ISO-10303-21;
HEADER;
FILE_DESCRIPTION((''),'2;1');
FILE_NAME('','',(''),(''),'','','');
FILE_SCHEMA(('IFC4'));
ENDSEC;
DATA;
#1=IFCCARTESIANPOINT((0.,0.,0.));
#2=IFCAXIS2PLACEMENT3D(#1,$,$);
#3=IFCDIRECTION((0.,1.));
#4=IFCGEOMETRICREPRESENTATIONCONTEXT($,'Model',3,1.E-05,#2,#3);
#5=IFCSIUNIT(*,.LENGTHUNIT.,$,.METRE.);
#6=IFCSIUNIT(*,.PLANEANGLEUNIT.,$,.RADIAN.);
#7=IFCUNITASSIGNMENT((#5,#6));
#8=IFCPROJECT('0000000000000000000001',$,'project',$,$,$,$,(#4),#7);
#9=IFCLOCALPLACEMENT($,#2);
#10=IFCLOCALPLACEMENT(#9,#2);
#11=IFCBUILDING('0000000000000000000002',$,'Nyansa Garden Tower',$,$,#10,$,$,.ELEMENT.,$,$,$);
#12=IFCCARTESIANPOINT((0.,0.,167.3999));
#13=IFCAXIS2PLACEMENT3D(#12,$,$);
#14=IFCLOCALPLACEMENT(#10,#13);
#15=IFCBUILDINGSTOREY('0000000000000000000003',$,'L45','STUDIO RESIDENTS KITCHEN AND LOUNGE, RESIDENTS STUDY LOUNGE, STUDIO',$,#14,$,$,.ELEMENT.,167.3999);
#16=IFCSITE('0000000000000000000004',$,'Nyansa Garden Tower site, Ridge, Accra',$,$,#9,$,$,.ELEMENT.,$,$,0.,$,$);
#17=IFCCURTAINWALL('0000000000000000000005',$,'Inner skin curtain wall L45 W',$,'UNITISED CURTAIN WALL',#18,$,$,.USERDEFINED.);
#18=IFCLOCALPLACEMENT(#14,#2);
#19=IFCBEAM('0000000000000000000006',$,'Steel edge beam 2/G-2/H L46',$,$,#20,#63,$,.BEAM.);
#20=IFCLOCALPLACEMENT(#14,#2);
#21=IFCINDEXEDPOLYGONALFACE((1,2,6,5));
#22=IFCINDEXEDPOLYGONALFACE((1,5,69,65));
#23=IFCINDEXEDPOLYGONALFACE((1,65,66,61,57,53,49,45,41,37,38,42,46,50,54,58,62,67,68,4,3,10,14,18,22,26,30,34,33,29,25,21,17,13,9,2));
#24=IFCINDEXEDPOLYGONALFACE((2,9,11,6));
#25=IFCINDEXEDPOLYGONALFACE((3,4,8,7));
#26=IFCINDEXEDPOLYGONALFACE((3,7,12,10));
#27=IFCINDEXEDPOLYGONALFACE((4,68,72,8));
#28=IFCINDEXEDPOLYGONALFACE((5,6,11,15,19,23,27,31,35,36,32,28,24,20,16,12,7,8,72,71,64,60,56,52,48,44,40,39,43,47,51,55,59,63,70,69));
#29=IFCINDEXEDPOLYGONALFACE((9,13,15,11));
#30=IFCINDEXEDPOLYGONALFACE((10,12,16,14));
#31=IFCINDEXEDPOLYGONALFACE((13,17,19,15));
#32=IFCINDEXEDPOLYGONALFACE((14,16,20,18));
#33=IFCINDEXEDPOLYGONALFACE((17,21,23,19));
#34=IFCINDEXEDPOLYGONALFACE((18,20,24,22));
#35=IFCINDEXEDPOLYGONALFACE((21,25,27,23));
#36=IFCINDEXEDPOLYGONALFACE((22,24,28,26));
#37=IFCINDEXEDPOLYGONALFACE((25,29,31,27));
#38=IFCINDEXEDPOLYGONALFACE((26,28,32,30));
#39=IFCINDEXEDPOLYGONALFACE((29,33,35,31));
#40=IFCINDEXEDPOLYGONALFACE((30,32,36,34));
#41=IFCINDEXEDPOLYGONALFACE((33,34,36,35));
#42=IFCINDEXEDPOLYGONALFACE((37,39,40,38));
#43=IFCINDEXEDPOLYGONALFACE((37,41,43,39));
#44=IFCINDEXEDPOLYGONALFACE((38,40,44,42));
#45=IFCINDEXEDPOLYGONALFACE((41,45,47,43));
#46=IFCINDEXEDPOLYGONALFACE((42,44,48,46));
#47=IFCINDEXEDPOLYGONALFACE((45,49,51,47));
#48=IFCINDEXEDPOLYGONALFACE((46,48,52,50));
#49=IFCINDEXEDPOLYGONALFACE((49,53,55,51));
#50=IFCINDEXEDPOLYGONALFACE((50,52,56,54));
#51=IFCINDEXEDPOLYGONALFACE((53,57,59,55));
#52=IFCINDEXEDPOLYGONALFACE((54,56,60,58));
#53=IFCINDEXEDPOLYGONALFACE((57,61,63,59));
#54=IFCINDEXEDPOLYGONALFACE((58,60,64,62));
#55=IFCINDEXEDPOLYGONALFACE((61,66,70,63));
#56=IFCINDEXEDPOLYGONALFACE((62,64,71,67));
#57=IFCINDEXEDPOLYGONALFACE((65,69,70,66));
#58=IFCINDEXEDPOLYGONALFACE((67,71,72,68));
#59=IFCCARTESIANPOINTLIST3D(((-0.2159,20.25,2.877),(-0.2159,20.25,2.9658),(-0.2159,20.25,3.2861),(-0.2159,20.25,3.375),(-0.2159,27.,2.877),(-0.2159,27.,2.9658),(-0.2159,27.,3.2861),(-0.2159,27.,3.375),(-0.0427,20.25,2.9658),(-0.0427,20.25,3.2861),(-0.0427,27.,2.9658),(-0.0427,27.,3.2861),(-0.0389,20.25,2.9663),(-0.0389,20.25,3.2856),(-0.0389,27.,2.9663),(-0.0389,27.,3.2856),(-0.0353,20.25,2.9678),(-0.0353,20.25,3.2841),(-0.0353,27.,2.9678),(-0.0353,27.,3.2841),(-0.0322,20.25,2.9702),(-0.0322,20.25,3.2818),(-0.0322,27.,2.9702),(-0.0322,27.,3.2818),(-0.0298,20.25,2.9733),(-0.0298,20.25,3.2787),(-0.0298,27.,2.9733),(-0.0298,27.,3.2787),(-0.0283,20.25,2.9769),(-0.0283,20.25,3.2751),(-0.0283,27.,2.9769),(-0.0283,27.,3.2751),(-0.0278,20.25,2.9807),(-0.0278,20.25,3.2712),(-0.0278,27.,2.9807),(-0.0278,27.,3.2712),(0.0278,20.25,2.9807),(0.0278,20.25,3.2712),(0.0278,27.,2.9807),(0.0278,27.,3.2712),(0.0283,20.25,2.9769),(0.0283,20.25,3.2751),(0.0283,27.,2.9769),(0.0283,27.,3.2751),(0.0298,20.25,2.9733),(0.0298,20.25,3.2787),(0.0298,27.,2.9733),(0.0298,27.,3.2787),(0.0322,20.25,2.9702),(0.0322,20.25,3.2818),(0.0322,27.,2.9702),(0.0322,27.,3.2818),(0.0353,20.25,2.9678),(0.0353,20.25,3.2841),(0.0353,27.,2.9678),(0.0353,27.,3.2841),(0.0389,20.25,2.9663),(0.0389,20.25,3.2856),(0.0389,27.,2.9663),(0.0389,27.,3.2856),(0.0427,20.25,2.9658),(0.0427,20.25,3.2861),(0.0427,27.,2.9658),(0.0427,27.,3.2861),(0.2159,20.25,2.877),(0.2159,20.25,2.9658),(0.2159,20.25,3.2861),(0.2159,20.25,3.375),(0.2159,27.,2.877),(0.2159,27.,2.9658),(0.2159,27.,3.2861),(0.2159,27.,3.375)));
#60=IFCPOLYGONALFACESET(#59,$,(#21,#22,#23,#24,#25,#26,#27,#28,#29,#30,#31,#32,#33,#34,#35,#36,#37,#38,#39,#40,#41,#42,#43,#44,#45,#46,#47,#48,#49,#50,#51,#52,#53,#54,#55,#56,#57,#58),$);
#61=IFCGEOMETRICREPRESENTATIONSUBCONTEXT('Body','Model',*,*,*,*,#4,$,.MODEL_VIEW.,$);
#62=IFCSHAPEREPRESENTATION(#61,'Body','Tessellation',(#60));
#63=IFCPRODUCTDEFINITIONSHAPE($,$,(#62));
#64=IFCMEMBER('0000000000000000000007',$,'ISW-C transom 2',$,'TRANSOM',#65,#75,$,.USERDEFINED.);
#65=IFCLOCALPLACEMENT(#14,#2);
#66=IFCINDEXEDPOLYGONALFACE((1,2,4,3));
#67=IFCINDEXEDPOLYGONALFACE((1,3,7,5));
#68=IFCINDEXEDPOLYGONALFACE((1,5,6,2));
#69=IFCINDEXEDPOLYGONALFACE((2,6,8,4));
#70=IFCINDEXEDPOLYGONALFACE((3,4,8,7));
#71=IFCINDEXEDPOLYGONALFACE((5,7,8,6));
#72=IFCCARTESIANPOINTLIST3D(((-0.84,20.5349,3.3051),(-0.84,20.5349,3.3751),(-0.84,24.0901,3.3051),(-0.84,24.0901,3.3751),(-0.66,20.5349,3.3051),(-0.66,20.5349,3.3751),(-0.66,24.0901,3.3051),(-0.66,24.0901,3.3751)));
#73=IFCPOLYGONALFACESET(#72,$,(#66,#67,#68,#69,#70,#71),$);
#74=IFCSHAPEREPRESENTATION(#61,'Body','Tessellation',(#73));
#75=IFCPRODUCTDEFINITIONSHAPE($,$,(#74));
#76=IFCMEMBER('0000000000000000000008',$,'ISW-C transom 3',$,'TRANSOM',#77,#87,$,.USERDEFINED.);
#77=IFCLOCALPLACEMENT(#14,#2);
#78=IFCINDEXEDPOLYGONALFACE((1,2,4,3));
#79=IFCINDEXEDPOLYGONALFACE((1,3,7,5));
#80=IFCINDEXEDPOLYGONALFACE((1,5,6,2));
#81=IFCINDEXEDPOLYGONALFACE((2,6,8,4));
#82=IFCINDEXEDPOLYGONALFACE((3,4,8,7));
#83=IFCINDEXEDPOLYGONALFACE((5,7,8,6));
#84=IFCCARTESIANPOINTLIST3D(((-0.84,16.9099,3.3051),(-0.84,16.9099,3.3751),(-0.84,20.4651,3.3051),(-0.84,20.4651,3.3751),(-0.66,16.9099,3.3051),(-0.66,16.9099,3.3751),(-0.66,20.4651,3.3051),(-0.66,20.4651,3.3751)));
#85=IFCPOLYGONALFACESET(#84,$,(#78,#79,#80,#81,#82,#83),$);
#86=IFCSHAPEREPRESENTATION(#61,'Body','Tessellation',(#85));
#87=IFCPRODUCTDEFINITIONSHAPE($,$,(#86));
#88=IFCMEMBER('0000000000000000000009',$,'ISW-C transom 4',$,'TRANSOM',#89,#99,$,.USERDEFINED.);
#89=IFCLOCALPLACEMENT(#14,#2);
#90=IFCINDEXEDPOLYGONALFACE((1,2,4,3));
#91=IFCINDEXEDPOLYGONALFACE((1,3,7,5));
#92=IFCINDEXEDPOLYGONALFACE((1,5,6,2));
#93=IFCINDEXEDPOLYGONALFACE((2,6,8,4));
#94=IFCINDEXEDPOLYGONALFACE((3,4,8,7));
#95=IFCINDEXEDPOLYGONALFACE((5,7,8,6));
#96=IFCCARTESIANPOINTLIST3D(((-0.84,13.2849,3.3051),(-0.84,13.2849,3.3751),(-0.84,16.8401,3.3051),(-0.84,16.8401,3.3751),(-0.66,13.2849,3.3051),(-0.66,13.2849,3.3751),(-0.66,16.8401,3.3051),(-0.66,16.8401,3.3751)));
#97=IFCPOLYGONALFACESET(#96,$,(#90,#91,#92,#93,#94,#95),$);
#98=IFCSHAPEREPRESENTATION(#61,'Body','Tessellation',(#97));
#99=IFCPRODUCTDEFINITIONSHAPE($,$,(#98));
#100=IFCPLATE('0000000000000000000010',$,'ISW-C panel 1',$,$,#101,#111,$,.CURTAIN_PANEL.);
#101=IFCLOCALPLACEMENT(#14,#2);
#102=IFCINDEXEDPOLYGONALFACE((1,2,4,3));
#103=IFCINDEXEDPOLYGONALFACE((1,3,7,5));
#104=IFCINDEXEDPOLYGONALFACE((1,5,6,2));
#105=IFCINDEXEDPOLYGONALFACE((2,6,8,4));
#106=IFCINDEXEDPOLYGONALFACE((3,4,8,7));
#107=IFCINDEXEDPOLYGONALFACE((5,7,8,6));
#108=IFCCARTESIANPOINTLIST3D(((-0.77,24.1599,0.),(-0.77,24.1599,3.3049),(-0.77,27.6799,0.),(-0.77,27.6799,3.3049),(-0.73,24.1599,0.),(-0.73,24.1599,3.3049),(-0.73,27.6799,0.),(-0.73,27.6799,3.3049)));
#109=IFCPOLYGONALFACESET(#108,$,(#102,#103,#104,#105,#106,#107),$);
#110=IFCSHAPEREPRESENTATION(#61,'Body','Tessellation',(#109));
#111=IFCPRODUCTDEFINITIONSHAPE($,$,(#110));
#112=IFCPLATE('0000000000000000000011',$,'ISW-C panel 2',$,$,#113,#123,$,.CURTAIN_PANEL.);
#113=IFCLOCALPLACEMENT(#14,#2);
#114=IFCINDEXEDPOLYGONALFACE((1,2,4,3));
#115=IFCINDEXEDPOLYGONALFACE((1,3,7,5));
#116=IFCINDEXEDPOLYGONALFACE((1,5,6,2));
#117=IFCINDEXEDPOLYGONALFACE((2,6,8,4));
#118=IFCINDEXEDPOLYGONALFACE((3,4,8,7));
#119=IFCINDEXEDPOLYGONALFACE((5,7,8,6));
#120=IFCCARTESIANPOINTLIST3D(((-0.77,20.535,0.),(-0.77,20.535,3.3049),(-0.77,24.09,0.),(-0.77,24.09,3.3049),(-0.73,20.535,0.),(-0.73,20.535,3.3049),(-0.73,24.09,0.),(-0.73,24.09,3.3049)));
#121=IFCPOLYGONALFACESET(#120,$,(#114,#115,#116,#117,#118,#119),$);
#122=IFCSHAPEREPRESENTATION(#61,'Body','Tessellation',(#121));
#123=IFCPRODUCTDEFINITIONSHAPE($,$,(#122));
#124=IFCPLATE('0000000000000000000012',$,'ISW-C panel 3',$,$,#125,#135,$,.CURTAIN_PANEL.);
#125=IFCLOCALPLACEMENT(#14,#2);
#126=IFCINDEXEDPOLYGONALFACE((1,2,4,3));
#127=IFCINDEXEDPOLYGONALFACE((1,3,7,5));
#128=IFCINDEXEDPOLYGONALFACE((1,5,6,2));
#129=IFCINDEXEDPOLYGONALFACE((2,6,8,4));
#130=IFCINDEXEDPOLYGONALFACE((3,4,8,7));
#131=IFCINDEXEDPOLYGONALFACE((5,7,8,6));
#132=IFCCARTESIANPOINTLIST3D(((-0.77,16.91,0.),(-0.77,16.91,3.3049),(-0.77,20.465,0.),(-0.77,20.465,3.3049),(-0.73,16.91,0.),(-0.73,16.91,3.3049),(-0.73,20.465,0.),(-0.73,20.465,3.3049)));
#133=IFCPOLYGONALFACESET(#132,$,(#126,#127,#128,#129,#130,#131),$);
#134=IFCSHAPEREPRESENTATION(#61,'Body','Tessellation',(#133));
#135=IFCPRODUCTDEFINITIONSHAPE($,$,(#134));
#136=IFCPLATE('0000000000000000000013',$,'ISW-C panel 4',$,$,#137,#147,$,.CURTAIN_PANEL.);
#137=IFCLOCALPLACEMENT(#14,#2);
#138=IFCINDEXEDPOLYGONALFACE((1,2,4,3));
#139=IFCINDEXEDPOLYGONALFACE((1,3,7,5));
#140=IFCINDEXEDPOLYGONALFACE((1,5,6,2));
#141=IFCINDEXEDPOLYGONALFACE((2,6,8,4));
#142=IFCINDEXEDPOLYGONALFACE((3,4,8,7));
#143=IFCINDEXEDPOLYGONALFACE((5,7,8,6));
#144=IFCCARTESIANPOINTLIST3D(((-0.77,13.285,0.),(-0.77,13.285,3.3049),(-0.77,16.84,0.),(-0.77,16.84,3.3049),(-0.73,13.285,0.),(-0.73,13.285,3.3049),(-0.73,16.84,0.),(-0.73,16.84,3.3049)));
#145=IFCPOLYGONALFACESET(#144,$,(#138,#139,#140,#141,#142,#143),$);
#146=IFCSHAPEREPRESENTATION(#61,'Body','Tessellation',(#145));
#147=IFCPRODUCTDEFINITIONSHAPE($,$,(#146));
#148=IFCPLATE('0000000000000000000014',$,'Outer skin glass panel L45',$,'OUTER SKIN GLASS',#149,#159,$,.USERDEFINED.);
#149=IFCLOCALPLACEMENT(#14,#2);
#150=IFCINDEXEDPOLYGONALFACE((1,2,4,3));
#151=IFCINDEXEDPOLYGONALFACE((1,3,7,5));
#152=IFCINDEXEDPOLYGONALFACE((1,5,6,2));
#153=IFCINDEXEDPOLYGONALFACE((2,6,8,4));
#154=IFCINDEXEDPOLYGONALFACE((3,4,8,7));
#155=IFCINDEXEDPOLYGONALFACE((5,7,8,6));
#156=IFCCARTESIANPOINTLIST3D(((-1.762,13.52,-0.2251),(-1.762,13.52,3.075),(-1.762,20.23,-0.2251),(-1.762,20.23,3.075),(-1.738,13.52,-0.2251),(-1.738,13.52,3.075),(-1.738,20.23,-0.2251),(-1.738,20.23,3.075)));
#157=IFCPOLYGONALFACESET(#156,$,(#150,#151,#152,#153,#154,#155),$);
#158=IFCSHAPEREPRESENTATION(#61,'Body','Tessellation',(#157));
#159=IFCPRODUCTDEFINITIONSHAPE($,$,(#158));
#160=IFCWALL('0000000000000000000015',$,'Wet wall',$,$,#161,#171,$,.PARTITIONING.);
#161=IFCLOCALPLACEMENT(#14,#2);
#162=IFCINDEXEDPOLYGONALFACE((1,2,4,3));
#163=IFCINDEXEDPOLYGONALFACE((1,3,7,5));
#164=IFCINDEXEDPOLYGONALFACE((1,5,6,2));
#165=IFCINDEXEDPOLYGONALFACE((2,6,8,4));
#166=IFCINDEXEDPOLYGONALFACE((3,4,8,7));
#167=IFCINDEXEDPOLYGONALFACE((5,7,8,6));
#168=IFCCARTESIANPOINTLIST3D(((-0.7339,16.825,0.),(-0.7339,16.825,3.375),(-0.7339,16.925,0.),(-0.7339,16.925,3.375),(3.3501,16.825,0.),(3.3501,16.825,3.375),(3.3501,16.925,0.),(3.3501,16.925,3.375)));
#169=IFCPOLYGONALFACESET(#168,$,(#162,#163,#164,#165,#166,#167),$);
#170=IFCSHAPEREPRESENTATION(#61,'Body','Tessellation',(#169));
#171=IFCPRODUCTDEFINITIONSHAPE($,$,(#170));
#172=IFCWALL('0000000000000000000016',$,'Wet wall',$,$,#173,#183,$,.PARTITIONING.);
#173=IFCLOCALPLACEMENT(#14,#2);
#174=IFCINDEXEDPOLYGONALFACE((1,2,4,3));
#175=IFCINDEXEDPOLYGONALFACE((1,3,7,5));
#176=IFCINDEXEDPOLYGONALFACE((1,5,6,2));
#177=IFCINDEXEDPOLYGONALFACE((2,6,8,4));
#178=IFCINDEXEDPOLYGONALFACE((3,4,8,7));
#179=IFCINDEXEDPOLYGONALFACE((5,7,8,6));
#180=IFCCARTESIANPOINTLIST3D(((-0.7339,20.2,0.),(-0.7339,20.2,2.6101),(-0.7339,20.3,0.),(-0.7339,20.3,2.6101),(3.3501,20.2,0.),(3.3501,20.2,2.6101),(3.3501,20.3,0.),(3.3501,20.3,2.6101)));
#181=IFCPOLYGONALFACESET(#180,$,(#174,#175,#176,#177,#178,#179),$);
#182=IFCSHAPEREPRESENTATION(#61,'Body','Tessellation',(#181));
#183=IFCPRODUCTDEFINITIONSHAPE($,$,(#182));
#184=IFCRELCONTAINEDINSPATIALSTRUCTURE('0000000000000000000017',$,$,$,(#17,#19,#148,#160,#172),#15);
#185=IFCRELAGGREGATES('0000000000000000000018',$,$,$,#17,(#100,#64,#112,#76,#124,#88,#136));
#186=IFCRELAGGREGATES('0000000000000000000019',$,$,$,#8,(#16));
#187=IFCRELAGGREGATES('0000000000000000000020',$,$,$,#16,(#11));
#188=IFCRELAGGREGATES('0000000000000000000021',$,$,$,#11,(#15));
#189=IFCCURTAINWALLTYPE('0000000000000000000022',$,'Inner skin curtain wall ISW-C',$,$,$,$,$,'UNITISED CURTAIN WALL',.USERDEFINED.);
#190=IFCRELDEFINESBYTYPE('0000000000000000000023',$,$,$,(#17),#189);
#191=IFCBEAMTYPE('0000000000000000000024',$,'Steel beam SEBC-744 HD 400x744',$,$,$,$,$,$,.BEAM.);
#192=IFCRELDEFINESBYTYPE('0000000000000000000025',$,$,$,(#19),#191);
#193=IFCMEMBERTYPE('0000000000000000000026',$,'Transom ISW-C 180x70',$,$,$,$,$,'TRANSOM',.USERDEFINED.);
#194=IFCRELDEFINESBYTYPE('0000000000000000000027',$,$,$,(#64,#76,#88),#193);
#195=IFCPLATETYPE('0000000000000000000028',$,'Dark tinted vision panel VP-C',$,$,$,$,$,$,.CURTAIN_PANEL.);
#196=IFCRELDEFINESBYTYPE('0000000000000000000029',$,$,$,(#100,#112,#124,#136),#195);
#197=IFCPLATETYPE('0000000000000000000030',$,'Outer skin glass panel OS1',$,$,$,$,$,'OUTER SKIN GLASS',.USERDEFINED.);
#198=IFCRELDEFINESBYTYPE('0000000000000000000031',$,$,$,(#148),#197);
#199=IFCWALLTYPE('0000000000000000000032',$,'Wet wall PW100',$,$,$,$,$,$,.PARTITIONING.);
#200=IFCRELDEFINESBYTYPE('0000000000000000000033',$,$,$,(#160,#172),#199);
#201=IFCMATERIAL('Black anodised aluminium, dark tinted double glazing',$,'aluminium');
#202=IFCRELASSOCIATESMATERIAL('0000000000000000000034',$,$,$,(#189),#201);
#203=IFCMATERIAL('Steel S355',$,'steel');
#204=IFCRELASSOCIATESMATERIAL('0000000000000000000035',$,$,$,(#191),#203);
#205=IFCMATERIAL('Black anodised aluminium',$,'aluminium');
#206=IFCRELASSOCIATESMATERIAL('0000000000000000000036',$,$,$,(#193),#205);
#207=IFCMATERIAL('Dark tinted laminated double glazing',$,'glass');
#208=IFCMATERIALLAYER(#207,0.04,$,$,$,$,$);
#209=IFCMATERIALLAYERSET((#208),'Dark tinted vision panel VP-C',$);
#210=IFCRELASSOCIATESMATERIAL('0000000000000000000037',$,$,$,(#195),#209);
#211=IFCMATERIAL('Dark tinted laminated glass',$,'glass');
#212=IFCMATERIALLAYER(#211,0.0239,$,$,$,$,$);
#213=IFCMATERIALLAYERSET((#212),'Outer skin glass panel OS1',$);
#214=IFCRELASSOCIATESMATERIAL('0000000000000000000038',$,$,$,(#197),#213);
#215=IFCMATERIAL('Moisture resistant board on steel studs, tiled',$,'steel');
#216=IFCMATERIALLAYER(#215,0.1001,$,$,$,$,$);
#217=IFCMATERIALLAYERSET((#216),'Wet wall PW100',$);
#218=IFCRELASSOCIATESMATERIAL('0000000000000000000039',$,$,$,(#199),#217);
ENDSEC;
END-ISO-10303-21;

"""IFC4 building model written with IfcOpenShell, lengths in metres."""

from ifc_helpers import new_model, si_unit, direction, frame, frame_2d, origin, origin_2d, place, context, subcontext, project, spatial, rectangle, i_section, extrude, material, layer, layer_set, material_profile, profile_set, type_object, element, aggregate, save


model = new_model("IFC4")

# Units and contexts
model_context = context("Model", 3, precision=1e-05, world=origin(), true_north=direction((0.0, 1.0)))
body_context = subcontext(model_context, "Body", "Model", "MODEL_VIEW")
ifc_project = project(units=[si_unit("LENGTHUNIT", "METRE"), si_unit("PLANEANGLEUNIT", "RADIAN")], contexts=[model_context])

# Site, building, storey
site_placement = place(None, origin())
site = spatial("IfcSite", under=ifc_project, at=site_placement, Name="Nyansa Garden Tower site, Ridge, Accra", CompositionType="ELEMENT", RefElevation=0.0)
building_placement = place(site_placement, origin())
building = spatial("IfcBuilding", under=site, at=building_placement, Name="Nyansa Garden Tower", CompositionType="ELEMENT")
storey_placement = place(building_placement, frame((0.0, 0.0, 167.3999)))
storey = spatial("IfcBuildingStorey", under=building, at=storey_placement, Name="L45", Description="STUDIO RESIDENTS KITCHEN AND LOUNGE, RESIDENTS STUDY LOUNGE, STUDIO", CompositionType="ELEMENT", Elevation=167.3999)

# Curtain wall
ifc_material_1 = material(Name="Black anodised aluminium, dark tinted double glazing", Category="aluminium")
curtain_wall_type = type_object("IfcCurtainWallType", Name="Inner skin curtain wall ISW-C", ElementType="UNITISED CURTAIN WALL", PredefinedType="USERDEFINED", material=ifc_material_1)
curtain_wall_placement = place(storey_placement, origin())
curtain_wall = element("IfcCurtainWall", 1, at=curtain_wall_placement, inside=storey, type_object=curtain_wall_type, Name="Inner skin curtain wall L45 W", ObjectType="UNITISED CURTAIN WALL", PredefinedType="USERDEFINED")

# Beam
ifc_material_2 = material(Name="Steel S355", Category="steel")
ifc_material_profile_1 = material_profile(ifc_material_2, i_section(OverallWidth=0.4319, OverallDepth=0.498, WebThickness=0.0557, FlangeThickness=0.0889, FilletRadius=0.0149, at=origin_2d()), Name="HD 400x744")
ifc_profile_set_1 = profile_set([ifc_material_profile_1], Name="Steel S355")
beam_type_1 = type_object("IfcBeamType", Name="Steel beam SEBC-744 HD 400x744", PredefinedType="BEAM", material=ifc_profile_set_1)
beam_1_placement = place(storey_placement, frame((0.0, 20.25, 3.126), z_axis=(0.0, 1.0, 0.0), x_axis=(-1.0, 0.0, 0.0)))
element("IfcBeam", 2, at=beam_1_placement, inside=storey, type_object=beam_type_1, Name="Steel edge beam 2/G-2/H L46", PredefinedType="BEAM", context=body_context, shape_type="SweptSolid", body=[
    extrude(i_section(OverallWidth=0.4319, OverallDepth=0.498, WebThickness=0.0557, FlangeThickness=0.0889, FilletRadius=0.0149, at=origin_2d()), origin(), (0.0, 0.0, 1.0), 6.75),
])

# Members
ifc_material_3 = material(Name="Black anodised aluminium", Category="aluminium")
ifc_material_profile_2 = material_profile(ifc_material_3, rectangle(XDim=0.1799, YDim=0.0701, at=origin_2d()), Name="Transom 180x70")
ifc_profile_set_2 = profile_set([ifc_material_profile_2], Name="Black anodised aluminium")
member_type_1 = type_object("IfcMemberType", Name="Transom ISW-C 180x70", ElementType="TRANSOM", PredefinedType="USERDEFINED", material=ifc_profile_set_2)
member_1_placement = place(storey_placement, frame((-0.75, 24.0901, 3.3401), z_axis=(0.0, -1.0, 0.0), x_axis=(1.0, 0.0, 0.0)))
member_1 = element("IfcMember", 3, at=member_1_placement, type_object=member_type_1, Name="ISW-C transom 2", ObjectType="TRANSOM", PredefinedType="USERDEFINED", context=body_context, shape_type="SweptSolid", body=[
    extrude(rectangle(XDim=0.1799, YDim=0.0701, at=origin_2d()), origin(), (0.0, 0.0, 1.0), 3.5552),
])
member_2_placement = place(storey_placement, frame((-0.75, 20.4651, 3.3401), z_axis=(0.0, -1.0, 0.0), x_axis=(1.0, 0.0, 0.0)))
member_2 = element("IfcMember", 4, at=member_2_placement, type_object=member_type_1, Name="ISW-C transom 3", ObjectType="TRANSOM", PredefinedType="USERDEFINED", context=body_context, shape_type="SweptSolid", body=[
    extrude(rectangle(XDim=0.1799, YDim=0.0701, at=origin_2d()), origin(), (0.0, 0.0, 1.0), 3.5552),
])
member_3_placement = place(storey_placement, frame((-0.75, 16.8401, 3.3401), z_axis=(0.0, -1.0, 0.0), x_axis=(1.0, 0.0, 0.0)))
member_3 = element("IfcMember", 5, at=member_3_placement, type_object=member_type_1, Name="ISW-C transom 4", ObjectType="TRANSOM", PredefinedType="USERDEFINED", context=body_context, shape_type="SweptSolid", body=[
    extrude(rectangle(XDim=0.1799, YDim=0.0701, at=origin_2d()), origin(), (0.0, 0.0, 1.0), 3.5552),
])

# Plates
ifc_material_4 = material(Name="Dark tinted laminated double glazing", Category="glass")
ifc_layer_1 = layer(ifc_material_4, 0.04)
ifc_layer_set_1 = layer_set([ifc_layer_1], Name="Dark tinted vision panel VP-C")
plate_type_1 = type_object("IfcPlateType", Name="Dark tinted vision panel VP-C", PredefinedType="CURTAIN_PANEL", material=ifc_layer_set_1)
plate_1_placement = place(storey_placement, frame((-0.75, 25.9199, 0.0), z_axis=(0.0, 0.0, 1.0), x_axis=(0.0, -1.0, 0.0)))
plate_1 = element("IfcPlate", 6, at=plate_1_placement, type_object=plate_type_1, Name="ISW-C panel 1", PredefinedType="CURTAIN_PANEL", context=body_context, shape_type="SweptSolid", body=[
    extrude(rectangle(XDim=3.52, YDim=0.04, at=origin_2d()), origin(), (0.0, 0.0, 1.0), 3.3049),
])
plate_2_placement = place(storey_placement, frame((-0.75, 22.3125, 0.0), z_axis=(0.0, 0.0, 1.0), x_axis=(0.0, -1.0, 0.0)))
plate_2 = element("IfcPlate", 7, at=plate_2_placement, type_object=plate_type_1, Name="ISW-C panel 2", PredefinedType="CURTAIN_PANEL", context=body_context, shape_type="SweptSolid", body=[
    extrude(rectangle(XDim=3.5549, YDim=0.04, at=origin_2d()), origin(), (0.0, 0.0, 1.0), 3.3049),
])
plate_3_placement = place(storey_placement, frame((-0.75, 18.6875, 0.0), z_axis=(0.0, 0.0, 1.0), x_axis=(0.0, -1.0, 0.0)))
plate_3 = element("IfcPlate", 8, at=plate_3_placement, type_object=plate_type_1, Name="ISW-C panel 3", PredefinedType="CURTAIN_PANEL", context=body_context, shape_type="SweptSolid", body=[
    extrude(rectangle(XDim=3.5549, YDim=0.04, at=origin_2d()), origin(), (0.0, 0.0, 1.0), 3.3049),
])
plate_4_placement = place(storey_placement, frame((-0.75, 15.0625, 0.0), z_axis=(0.0, 0.0, 1.0), x_axis=(0.0, -1.0, 0.0)))
plate_4 = element("IfcPlate", 9, at=plate_4_placement, type_object=plate_type_1, Name="ISW-C panel 4", PredefinedType="CURTAIN_PANEL", context=body_context, shape_type="SweptSolid", body=[
    extrude(rectangle(XDim=3.5549, YDim=0.04, at=origin_2d()), origin(), (0.0, 0.0, 1.0), 3.3049),
])
aggregate(curtain_wall, [plate_1, member_1, plate_2, member_2, plate_3, member_3, plate_4])
ifc_material_5 = material(Name="Dark tinted laminated glass", Category="glass")
ifc_layer_2 = layer(ifc_material_5, 0.0239)
ifc_layer_set_2 = layer_set([ifc_layer_2], Name="Outer skin glass panel OS1")
plate_type_2 = type_object("IfcPlateType", Name="Outer skin glass panel OS1", ElementType="OUTER SKIN GLASS", PredefinedType="USERDEFINED", material=ifc_layer_set_2)
plate_5_placement = place(storey_placement, frame((-1.75, 16.875, -0.2251), z_axis=(0.0, 0.0, 1.0), x_axis=(0.0, 1.0, 0.0)))
element("IfcPlate", 10, at=plate_5_placement, inside=storey, type_object=plate_type_2, Name="Outer skin glass panel L45", ObjectType="OUTER SKIN GLASS", PredefinedType="USERDEFINED", context=body_context, shape_type="SweptSolid", body=[
    extrude(rectangle(XDim=6.71, YDim=0.0239, at=origin_2d()), origin(), (0.0, 0.0, 1.0), 3.3),
])

# Walls
ifc_material_6 = material(Name="Moisture resistant board on steel studs, tiled", Category="steel")
ifc_layer_3 = layer(ifc_material_6, 0.1001)
ifc_layer_set_3 = layer_set([ifc_layer_3], Name="Wet wall PW100")
wall_type = type_object("IfcWallType", Name="Wet wall PW100", PredefinedType="PARTITIONING", material=ifc_layer_set_3)
wall_1_placement = place(storey_placement, frame((-0.7339, 16.875, 0.0), z_axis=(0.0, 0.0, 1.0), x_axis=(1.0, 0.0, 0.0)))
element("IfcWall", 11, at=wall_1_placement, inside=storey, type_object=wall_type, Name="Wet wall", PredefinedType="PARTITIONING", context=body_context, shape_type="SweptSolid", body=[
    extrude(rectangle(XDim=4.084, YDim=0.1001, at=frame_2d((2.042, 0.0))), origin(), (0.0, 0.0, 1.0), 3.375),
])
wall_2_placement = place(storey_placement, frame((-0.7339, 20.25, 0.0), z_axis=(0.0, 0.0, 1.0), x_axis=(1.0, 0.0, 0.0)))
element("IfcWall", 12, at=wall_2_placement, inside=storey, type_object=wall_type, Name="Wet wall", PredefinedType="PARTITIONING", context=body_context, shape_type="SweptSolid", body=[
    extrude(rectangle(XDim=4.084, YDim=0.1001, at=frame_2d((2.042, 0.0))), origin(), (0.0, 0.0, 1.0), 2.6101),
])

save(model, "model.ifc")
